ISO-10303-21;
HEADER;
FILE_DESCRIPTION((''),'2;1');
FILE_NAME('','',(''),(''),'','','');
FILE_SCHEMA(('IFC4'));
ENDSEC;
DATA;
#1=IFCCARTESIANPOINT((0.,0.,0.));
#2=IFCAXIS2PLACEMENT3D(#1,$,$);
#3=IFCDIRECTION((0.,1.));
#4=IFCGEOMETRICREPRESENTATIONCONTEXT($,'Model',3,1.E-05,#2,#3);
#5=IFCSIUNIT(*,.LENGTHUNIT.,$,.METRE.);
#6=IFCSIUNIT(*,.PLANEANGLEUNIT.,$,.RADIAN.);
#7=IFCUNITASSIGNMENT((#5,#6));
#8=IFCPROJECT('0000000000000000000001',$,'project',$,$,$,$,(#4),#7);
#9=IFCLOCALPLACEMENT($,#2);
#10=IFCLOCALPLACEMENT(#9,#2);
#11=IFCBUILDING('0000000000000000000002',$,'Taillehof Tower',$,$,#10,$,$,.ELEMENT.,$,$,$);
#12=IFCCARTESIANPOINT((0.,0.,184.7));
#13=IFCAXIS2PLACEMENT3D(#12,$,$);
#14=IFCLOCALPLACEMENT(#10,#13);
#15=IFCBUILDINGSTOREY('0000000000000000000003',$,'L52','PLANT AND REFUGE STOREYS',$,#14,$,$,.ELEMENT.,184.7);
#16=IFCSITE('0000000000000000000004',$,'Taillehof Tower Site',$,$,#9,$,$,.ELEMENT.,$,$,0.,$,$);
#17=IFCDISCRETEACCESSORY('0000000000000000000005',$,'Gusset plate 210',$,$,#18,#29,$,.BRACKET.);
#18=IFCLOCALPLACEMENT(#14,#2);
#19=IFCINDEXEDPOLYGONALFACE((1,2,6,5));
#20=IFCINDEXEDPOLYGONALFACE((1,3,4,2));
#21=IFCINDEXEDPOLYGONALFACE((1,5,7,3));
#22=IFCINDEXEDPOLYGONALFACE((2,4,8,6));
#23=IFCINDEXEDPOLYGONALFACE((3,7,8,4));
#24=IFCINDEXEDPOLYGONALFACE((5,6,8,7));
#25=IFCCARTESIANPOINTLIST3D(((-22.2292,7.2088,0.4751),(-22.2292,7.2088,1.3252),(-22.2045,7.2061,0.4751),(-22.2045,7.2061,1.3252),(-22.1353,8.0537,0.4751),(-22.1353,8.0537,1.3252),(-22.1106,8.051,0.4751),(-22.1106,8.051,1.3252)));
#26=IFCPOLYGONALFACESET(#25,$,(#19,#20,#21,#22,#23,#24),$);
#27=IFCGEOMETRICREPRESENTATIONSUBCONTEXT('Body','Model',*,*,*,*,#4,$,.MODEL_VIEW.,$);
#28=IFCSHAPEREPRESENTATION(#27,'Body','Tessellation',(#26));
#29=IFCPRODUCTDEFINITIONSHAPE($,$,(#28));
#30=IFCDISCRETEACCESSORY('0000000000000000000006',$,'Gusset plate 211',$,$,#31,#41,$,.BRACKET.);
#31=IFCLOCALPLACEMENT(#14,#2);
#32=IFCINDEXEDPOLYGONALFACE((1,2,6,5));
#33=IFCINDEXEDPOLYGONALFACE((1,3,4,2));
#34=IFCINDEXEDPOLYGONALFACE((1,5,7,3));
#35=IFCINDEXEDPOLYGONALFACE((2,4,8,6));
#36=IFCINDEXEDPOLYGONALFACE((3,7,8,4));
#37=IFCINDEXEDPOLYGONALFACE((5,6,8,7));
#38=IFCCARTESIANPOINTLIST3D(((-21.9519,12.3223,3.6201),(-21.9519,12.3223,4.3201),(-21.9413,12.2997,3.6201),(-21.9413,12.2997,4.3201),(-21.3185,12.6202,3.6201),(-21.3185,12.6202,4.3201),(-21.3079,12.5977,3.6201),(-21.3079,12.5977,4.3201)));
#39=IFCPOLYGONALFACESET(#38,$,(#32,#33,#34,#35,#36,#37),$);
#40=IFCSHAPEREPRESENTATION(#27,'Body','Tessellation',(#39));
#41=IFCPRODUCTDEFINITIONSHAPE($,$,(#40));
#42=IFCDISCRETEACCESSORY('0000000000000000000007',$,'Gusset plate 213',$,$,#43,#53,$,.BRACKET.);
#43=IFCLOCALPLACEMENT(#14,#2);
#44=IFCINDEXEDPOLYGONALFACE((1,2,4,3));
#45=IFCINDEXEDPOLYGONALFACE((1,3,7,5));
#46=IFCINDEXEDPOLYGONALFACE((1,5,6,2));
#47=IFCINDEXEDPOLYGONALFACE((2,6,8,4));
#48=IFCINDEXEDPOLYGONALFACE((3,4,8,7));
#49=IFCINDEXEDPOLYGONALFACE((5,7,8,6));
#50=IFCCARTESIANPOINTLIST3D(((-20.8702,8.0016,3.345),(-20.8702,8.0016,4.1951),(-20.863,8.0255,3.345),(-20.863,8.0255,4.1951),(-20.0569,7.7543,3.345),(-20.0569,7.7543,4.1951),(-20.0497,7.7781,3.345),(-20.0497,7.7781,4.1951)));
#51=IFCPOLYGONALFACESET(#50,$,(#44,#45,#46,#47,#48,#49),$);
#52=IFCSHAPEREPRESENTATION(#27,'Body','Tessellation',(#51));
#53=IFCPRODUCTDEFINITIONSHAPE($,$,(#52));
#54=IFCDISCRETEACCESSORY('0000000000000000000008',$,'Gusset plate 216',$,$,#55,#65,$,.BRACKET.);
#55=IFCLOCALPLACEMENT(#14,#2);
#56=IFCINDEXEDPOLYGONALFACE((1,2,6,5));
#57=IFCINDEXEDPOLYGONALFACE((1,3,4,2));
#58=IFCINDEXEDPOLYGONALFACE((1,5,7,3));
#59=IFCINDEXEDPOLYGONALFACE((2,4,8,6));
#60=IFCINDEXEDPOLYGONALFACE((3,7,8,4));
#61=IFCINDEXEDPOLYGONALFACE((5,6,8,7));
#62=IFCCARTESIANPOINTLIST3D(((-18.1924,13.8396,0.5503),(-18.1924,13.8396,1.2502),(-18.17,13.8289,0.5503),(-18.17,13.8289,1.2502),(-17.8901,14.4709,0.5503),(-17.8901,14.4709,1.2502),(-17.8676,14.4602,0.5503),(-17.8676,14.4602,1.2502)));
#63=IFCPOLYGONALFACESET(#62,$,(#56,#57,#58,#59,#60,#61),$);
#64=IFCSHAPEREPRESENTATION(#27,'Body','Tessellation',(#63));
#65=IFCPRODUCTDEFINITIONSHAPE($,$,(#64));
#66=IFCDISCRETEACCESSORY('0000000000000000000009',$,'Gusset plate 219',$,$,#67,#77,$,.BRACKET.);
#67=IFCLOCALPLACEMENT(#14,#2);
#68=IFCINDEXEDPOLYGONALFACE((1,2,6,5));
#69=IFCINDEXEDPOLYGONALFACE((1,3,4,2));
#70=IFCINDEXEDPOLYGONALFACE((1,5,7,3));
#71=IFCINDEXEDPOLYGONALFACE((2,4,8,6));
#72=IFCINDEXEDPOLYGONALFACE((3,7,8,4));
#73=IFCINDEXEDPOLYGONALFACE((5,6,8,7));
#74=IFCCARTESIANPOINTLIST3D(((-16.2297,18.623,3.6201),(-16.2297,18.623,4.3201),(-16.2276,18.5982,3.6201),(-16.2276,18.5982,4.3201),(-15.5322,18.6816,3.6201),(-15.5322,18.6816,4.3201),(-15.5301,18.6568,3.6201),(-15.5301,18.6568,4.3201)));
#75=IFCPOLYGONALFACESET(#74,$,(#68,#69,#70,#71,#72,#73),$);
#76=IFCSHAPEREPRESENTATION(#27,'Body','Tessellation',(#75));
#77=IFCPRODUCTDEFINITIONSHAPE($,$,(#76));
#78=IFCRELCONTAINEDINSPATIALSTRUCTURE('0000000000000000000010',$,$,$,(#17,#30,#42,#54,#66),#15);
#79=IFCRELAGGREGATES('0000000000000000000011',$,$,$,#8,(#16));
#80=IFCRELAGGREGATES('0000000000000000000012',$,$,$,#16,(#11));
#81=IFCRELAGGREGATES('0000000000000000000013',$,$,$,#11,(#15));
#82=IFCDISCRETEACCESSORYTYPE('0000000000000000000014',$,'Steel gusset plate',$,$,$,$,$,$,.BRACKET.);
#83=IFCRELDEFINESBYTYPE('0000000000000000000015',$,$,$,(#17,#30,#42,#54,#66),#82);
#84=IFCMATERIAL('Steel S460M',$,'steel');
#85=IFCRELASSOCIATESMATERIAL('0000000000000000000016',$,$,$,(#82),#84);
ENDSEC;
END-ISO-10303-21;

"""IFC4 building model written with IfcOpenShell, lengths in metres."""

from ifc_helpers import new_model, si_unit, direction, frame, origin, origin_2d, place, context, subcontext, project, spatial, rectangle, extrude, material, type_object, element, save


model = new_model("IFC4")

# Units and contexts
model_context = context("Model", 3, precision=1e-05, world=origin(), true_north=direction((0.0, 1.0)))
body_context = subcontext(model_context, "Body", "Model", "MODEL_VIEW")
ifc_project = project(units=[si_unit("LENGTHUNIT", "METRE"), si_unit("PLANEANGLEUNIT", "RADIAN")], contexts=[model_context])

# Site, building, storey
site_placement = place(None, origin())
site = spatial("IfcSite", under=ifc_project, at=site_placement, Name="Taillehof Tower Site", CompositionType="ELEMENT", RefElevation=0.0)
building_placement = place(site_placement, origin())
building = spatial("IfcBuilding", under=site, at=building_placement, Name="Taillehof Tower", CompositionType="ELEMENT")
storey_placement = place(building_placement, frame((0.0, 0.0, 184.7)))
storey = spatial("IfcBuildingStorey", under=building, at=storey_placement, Name="L52", Description="PLANT AND REFUGE STOREYS", CompositionType="ELEMENT", Elevation=184.7)

# Discrete accessories
ifc_material_1 = material(Name="Steel S460M", Category="steel")
discrete_accessory_type = type_object("IfcDiscreteAccessoryType", Name="Steel gusset plate", PredefinedType="BRACKET", material=ifc_material_1)
discrete_accessory_1_placement = place(storey_placement, frame((-22.1699, 7.6299, 0.4751), z_axis=(0.0, 0.0, 1.0), x_axis=(-0.110465, -0.99388, 0.0)))
element("IfcDiscreteAccessory", 1, at=discrete_accessory_1_placement, inside=storey, type_object=discrete_accessory_type, Name="Gusset plate 210", PredefinedType="BRACKET", context=body_context, shape_type="SweptSolid", body=[
    extrude(rectangle(XDim=0.8501, YDim=0.0249, at=origin_2d()), origin(), (0.0, 0.0, 1.0), 0.8501),
])
discrete_accessory_2_placement = place(storey_placement, frame((-21.6299, 12.46, 3.6201), z_axis=(0.0, 0.0, 1.0), x_axis=(-0.90488, -0.425667, 0.0)))
element("IfcDiscreteAccessory", 2, at=discrete_accessory_2_placement, inside=storey, type_object=discrete_accessory_type, Name="Gusset plate 211", PredefinedType="BRACKET", context=body_context, shape_type="SweptSolid", body=[
    extrude(rectangle(XDim=0.7, YDim=0.0249, at=origin_2d()), origin(), (0.0, 0.0, 1.0), 0.7),
])
discrete_accessory_3_placement = place(storey_placement, frame((-20.46, 7.8899, 3.345), z_axis=(0.0, 0.0, 1.0), x_axis=(-0.956746, 0.290926, 0.0)))
element("IfcDiscreteAccessory", 3, at=discrete_accessory_3_placement, inside=storey, type_object=discrete_accessory_type, Name="Gusset plate 213", PredefinedType="BRACKET", context=body_context, shape_type="SweptSolid", body=[
    extrude(rectangle(XDim=0.8501, YDim=0.0249, at=origin_2d()), origin(), (0.0, 0.0, 1.0), 0.8501),
])
for number, where, z_axis, x_axis, name in (
    (4, (-18.03, 14.1499, 0.5503), (0.0, 0.0, 1.0), (-0.431914, -0.901915, 0.0), "Gusset plate 216"),
    (5, (-15.8799, 18.6399, 3.6201), (0.0, 0.0, 1.0), (-0.996493, -0.083674, 0.0), "Gusset plate 219"),
):
    element("IfcDiscreteAccessory", number, at=place(storey_placement, frame(where, z_axis=z_axis, x_axis=x_axis)), inside=storey, type_object=discrete_accessory_type, Name=name, PredefinedType="BRACKET", context=body_context, shape_type="SweptSolid", body=[
        extrude(rectangle(XDim=0.7, YDim=0.0249, at=origin_2d()), origin(), (0.0, 0.0, 1.0), 0.7),
    ])

save(model, "model.ifc")
